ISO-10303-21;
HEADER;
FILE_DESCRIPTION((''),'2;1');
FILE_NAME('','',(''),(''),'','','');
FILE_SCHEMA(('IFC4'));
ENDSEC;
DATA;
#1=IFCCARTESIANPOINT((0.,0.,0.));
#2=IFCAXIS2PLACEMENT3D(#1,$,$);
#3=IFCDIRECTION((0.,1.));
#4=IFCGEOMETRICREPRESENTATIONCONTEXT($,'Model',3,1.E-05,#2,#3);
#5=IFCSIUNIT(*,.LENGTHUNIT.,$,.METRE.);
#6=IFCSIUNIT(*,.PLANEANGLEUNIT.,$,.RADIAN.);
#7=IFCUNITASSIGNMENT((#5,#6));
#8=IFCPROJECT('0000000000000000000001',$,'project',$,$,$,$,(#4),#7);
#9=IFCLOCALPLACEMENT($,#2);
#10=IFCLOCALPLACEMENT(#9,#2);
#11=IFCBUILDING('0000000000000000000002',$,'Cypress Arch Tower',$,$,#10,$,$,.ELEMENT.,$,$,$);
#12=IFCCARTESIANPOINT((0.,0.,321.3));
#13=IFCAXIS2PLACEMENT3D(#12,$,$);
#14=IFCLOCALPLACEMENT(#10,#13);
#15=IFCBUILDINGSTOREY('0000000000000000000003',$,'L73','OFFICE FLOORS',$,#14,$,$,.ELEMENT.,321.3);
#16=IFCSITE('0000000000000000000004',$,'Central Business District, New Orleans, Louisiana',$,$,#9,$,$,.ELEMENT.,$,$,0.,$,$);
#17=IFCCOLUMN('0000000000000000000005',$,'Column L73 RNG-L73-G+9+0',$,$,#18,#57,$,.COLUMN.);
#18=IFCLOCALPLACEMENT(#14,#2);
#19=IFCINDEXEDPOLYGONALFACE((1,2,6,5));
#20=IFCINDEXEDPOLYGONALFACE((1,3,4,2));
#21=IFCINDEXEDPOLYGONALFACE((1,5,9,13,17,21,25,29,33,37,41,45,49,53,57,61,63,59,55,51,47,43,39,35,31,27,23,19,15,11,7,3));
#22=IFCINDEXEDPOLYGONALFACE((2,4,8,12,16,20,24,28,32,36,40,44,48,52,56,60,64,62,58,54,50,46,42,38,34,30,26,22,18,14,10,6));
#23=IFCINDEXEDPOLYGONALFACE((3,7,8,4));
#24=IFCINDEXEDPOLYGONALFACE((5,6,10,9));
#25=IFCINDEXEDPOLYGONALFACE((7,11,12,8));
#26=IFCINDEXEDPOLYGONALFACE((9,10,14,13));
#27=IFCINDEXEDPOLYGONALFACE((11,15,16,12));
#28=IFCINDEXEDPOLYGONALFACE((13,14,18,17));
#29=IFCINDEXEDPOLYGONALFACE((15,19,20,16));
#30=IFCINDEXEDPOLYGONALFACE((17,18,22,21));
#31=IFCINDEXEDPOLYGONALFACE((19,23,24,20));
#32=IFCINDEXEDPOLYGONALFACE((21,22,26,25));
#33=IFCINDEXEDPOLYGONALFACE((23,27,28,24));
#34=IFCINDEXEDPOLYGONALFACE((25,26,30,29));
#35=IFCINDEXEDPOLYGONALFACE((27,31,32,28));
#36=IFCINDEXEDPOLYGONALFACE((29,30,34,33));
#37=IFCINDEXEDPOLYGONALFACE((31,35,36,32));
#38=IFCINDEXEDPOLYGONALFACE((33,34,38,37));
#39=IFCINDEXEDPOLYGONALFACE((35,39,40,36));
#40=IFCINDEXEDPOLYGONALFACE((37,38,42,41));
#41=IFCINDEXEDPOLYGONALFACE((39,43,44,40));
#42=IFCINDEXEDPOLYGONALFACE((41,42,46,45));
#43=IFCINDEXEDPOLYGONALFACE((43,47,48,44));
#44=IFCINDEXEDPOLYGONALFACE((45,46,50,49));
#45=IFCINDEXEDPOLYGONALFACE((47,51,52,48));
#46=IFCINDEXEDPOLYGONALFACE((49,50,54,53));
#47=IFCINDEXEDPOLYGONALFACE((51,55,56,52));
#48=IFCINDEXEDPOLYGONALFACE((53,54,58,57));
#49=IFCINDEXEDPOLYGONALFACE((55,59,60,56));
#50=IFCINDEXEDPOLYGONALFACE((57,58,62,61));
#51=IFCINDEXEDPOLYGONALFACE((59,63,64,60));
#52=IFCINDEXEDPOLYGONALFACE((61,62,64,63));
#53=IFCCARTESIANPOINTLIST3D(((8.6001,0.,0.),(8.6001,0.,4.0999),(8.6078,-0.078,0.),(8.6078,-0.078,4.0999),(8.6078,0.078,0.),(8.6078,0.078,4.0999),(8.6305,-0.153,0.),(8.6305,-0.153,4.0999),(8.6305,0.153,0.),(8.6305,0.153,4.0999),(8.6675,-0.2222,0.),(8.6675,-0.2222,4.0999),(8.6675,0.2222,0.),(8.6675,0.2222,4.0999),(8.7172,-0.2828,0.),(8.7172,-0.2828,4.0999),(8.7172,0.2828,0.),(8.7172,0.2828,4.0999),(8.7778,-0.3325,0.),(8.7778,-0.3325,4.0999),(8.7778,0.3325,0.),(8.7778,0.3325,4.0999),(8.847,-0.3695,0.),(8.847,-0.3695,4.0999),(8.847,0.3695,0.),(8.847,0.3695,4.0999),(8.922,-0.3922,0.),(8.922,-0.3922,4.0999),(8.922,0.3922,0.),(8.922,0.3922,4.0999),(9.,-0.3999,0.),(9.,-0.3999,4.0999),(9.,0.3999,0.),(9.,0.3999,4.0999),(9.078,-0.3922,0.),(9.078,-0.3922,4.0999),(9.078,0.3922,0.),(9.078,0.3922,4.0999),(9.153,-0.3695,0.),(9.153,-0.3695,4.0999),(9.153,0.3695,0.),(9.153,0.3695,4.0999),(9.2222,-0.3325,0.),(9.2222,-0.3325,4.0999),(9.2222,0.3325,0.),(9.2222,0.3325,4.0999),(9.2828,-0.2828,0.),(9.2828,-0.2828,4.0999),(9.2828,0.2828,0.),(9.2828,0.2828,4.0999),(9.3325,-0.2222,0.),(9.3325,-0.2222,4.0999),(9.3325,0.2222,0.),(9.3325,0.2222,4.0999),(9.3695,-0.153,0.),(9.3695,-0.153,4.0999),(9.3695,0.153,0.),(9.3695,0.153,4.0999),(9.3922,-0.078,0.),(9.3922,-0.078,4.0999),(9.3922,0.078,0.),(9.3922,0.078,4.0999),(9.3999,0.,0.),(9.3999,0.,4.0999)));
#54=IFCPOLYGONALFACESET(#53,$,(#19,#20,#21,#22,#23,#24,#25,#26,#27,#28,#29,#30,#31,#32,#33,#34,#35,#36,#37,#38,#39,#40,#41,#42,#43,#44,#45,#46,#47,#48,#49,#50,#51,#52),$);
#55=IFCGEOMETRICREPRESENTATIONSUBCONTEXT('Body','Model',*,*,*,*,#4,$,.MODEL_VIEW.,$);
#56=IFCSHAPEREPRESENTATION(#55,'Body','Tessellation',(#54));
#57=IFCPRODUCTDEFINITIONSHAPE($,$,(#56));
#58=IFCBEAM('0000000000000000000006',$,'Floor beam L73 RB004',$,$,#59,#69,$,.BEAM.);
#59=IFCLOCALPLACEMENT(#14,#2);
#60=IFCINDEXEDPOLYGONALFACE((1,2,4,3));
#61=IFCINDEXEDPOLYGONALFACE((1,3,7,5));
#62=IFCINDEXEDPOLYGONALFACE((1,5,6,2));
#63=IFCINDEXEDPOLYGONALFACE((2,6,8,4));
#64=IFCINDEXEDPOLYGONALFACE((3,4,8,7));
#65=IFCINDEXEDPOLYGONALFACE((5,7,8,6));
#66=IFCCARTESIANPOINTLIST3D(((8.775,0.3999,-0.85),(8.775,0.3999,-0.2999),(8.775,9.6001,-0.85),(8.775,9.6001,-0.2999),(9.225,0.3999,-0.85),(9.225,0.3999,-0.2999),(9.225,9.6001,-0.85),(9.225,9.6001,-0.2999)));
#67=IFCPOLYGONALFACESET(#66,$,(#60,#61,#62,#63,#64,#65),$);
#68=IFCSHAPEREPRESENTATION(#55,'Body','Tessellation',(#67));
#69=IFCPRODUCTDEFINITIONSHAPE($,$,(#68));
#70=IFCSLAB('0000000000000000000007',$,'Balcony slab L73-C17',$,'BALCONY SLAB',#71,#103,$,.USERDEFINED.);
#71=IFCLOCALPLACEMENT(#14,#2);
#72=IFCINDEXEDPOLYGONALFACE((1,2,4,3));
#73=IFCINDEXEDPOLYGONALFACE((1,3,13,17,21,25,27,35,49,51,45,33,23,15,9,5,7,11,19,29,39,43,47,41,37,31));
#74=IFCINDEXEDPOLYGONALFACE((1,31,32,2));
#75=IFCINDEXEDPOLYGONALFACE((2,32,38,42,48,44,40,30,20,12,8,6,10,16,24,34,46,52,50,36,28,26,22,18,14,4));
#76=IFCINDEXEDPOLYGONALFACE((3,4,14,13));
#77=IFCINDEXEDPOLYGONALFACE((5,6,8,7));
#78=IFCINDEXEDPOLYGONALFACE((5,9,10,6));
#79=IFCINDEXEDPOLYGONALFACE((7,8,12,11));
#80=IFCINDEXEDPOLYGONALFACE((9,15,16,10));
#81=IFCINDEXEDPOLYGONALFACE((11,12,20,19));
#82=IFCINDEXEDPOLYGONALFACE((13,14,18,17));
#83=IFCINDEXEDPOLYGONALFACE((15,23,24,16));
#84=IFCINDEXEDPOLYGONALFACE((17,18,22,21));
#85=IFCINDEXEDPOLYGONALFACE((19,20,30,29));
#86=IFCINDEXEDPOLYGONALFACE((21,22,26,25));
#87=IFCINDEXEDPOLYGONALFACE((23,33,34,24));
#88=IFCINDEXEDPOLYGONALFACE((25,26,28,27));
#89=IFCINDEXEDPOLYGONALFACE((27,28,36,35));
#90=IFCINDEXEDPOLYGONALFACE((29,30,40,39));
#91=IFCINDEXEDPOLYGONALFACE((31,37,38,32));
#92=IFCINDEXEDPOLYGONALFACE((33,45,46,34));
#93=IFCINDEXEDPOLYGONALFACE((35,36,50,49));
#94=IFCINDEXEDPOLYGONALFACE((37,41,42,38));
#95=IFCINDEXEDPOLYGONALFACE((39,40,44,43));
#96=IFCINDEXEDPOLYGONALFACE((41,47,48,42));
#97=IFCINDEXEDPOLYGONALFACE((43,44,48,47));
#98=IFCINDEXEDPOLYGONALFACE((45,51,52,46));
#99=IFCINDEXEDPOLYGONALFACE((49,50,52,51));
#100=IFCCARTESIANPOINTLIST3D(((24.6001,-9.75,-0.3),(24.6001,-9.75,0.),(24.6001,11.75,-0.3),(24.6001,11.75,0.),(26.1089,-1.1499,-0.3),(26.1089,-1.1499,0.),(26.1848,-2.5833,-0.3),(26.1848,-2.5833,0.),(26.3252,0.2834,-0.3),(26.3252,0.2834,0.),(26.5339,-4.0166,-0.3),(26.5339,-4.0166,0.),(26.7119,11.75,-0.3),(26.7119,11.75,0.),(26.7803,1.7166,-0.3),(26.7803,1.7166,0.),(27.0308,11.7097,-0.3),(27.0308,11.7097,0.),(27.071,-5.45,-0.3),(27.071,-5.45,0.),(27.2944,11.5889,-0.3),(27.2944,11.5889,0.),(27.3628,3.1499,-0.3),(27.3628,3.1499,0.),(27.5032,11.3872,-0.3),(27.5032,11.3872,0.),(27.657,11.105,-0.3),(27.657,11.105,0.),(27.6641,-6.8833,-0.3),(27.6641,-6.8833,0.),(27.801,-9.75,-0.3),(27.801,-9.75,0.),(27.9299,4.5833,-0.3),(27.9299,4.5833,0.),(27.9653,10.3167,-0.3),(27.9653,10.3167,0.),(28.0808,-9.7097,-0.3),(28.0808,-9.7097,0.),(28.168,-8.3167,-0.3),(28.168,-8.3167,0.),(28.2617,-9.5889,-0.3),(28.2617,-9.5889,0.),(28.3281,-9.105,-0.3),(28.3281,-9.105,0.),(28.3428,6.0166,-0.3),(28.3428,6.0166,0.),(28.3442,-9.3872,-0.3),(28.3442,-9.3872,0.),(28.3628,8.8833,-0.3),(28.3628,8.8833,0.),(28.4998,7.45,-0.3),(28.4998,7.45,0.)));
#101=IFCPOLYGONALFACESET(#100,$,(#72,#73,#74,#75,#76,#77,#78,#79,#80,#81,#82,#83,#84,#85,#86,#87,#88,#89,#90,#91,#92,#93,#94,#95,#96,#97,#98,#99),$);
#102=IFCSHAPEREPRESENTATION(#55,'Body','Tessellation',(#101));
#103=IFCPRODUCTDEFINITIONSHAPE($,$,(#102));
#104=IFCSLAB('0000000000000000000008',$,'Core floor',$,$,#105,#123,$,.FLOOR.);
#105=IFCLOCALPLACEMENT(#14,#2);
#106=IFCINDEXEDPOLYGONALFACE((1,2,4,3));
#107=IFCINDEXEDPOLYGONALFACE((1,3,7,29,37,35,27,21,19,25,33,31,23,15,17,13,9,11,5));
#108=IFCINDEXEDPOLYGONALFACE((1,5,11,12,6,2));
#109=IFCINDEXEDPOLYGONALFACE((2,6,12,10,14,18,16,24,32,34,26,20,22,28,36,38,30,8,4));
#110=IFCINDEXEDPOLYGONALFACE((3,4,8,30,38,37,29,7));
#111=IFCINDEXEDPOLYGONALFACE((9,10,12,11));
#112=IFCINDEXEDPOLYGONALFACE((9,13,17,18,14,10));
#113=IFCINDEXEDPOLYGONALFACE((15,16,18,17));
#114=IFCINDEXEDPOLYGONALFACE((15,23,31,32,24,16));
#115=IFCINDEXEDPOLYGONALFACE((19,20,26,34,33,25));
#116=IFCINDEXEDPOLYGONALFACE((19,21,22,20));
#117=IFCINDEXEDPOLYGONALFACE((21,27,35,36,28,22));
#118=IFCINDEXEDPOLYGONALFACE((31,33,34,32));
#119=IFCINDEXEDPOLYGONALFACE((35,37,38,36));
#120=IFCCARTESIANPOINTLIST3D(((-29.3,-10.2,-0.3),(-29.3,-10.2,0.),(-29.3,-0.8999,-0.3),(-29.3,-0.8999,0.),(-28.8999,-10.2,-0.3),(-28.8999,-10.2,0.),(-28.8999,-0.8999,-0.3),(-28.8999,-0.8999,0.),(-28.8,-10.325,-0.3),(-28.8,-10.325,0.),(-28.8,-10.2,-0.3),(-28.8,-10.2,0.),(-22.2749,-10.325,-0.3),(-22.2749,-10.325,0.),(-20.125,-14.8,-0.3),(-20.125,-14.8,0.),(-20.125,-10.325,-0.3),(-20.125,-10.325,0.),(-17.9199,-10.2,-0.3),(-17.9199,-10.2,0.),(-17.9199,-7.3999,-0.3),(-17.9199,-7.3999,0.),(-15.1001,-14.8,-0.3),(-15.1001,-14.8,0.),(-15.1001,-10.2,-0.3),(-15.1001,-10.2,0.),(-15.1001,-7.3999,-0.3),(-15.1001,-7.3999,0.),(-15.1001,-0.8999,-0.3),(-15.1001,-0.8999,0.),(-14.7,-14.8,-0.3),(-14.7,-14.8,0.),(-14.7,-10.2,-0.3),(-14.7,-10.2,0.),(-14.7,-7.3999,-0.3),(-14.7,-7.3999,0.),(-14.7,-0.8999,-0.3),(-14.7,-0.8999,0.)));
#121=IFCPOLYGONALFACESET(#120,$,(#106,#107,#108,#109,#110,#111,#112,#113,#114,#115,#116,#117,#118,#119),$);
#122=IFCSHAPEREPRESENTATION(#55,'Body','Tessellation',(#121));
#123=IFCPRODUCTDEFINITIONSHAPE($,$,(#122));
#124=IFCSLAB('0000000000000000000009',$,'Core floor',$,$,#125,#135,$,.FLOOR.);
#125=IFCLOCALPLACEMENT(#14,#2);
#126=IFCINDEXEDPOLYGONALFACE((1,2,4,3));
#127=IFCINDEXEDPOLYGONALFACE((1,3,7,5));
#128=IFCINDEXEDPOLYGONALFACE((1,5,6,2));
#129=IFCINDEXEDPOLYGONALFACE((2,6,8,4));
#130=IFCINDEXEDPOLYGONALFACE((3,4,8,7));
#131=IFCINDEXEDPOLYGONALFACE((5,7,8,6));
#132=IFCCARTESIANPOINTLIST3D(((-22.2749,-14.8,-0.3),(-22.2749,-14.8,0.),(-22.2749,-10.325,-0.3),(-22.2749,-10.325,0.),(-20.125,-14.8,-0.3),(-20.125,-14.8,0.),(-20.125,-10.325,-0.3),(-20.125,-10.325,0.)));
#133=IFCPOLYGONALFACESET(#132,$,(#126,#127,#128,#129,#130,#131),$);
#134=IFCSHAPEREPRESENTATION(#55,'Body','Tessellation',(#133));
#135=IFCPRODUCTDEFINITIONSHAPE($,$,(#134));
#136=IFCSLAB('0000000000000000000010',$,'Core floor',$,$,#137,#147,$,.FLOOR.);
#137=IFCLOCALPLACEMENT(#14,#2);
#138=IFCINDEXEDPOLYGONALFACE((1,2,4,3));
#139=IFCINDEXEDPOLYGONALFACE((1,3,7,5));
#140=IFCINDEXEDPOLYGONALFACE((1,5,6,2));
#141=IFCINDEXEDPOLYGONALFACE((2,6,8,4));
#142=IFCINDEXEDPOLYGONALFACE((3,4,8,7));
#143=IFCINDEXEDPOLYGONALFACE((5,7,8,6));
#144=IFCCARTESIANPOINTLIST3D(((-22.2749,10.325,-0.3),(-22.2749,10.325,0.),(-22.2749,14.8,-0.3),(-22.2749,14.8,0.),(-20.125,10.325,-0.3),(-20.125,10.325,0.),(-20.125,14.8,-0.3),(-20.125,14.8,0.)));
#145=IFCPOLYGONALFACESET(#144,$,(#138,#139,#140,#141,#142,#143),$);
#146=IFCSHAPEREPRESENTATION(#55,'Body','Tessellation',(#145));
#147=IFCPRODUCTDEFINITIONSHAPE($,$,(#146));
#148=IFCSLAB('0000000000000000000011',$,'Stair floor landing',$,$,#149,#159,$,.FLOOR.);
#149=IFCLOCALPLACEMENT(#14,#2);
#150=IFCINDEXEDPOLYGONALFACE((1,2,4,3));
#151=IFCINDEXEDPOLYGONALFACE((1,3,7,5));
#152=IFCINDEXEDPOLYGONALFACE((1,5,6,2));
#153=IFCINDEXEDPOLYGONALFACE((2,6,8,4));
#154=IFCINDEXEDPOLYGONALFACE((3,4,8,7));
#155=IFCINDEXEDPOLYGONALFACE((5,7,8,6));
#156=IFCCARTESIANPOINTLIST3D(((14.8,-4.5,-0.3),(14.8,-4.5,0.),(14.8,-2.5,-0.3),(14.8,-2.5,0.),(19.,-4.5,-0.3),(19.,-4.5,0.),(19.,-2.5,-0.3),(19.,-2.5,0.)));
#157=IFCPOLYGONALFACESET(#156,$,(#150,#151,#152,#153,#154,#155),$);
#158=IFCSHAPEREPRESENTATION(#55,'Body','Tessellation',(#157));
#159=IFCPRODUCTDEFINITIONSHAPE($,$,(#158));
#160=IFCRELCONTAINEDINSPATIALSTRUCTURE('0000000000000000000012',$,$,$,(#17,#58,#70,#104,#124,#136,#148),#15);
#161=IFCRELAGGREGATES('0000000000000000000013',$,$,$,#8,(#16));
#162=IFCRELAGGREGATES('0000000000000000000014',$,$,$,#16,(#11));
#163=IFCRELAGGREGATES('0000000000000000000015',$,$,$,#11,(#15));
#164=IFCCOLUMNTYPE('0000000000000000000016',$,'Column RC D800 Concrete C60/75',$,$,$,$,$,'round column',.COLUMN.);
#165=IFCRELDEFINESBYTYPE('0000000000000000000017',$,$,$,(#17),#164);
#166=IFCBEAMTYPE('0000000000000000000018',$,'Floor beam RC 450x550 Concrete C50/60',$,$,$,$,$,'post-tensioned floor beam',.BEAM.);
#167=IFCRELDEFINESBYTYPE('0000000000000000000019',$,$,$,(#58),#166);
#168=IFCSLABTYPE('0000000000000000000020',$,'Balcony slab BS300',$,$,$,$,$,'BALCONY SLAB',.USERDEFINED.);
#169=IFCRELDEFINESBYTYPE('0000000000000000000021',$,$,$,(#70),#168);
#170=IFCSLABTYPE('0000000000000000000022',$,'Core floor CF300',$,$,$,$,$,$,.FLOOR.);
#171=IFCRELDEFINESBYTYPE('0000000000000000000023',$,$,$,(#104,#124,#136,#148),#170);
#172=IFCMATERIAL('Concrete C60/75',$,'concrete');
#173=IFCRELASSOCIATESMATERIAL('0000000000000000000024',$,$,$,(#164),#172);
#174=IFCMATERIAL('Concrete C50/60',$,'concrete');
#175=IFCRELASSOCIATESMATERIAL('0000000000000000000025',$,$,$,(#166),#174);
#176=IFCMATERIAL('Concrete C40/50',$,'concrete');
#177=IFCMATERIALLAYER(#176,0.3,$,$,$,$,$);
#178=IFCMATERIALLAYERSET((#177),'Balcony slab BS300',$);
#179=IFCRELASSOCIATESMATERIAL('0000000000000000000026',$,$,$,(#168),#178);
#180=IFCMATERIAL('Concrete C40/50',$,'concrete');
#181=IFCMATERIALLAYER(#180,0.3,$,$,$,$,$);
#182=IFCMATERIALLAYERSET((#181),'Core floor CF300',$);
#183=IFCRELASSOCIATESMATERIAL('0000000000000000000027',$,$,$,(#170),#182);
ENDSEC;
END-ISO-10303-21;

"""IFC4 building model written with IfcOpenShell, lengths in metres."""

from ifc_helpers import new_model, si_unit, direction, frame, origin, origin_2d, place, context, subcontext, project, spatial, polyline, rectangle, circle, outline, extrude, material, layer, layer_set, material_profile, profile_set, type_object, element, save


model = new_model("IFC4")

# Units and contexts
model_context = context("Model", 3, precision=1e-05, world=origin(), true_north=direction((0.0, 1.0)))
body_context = subcontext(model_context, "Body", "Model", "MODEL_VIEW")
ifc_project = project(units=[si_unit("LENGTHUNIT", "METRE"), si_unit("PLANEANGLEUNIT", "RADIAN")], contexts=[model_context])

# Site, building, storey
site_placement = place(None, origin())
site = spatial("IfcSite", under=ifc_project, at=site_placement, Name="Central Business District, New Orleans, Louisiana", CompositionType="ELEMENT", RefElevation=0.0)
building_placement = place(site_placement, origin())
building = spatial("IfcBuilding", under=site, at=building_placement, Name="Cypress Arch Tower", CompositionType="ELEMENT")
storey_placement = place(building_placement, frame((0.0, 0.0, 321.3)))
storey = spatial("IfcBuildingStorey", under=building, at=storey_placement, Name="L73", Description="OFFICE FLOORS", CompositionType="ELEMENT", Elevation=321.3)

# Column
ifc_material_1 = material(Name="Concrete C60/75", Category="concrete")
ifc_material_profile_1 = material_profile(ifc_material_1, circle(Radius=0.3999, at=origin_2d()), Name="RC D800")
ifc_profile_set_1 = profile_set([ifc_material_profile_1], Name="Concrete C60/75")
column_type = type_object("IfcColumnType", Name="Column RC D800 Concrete C60/75", ElementType="round column", PredefinedType="COLUMN", material=ifc_profile_set_1)
column_placement = place(storey_placement, frame((9.0, 0.0, 0.0), z_axis=(0.0, 0.0, 1.0), x_axis=(1.0, 0.0, 0.0)))
element("IfcColumn", 1, at=column_placement, inside=storey, type_object=column_type, Name="Column L73 RNG-L73-G+9+0", PredefinedType="COLUMN", context=body_context, shape_type="SweptSolid", body=[
    extrude(circle(Radius=0.3999, at=origin_2d()), origin(), (0.0, 0.0, 1.0), 4.0999),
])

# Beam
ifc_material_2 = material(Name="Concrete C50/60", Category="concrete")
ifc_material_profile_2 = material_profile(ifc_material_2, rectangle(XDim=0.45, YDim=0.55, at=origin_2d()), Name="RC 450x550")
ifc_profile_set_2 = profile_set([ifc_material_profile_2], Name="Concrete C50/60")
beam_type = type_object("IfcBeamType", Name="Floor beam RC 450x550 Concrete C50/60", ElementType="post-tensioned floor beam", PredefinedType="BEAM", material=ifc_profile_set_2)
beam_placement = place(storey_placement, frame((9.0, 0.3999, -0.575), z_axis=(0.0, 1.0, 0.0), x_axis=(-1.0, 0.0, 0.0)))
element("IfcBeam", 2, at=beam_placement, inside=storey, type_object=beam_type, Name="Floor beam L73 RB004", PredefinedType="BEAM", context=body_context, shape_type="SweptSolid", body=[
    extrude(rectangle(XDim=0.45, YDim=0.55, at=origin_2d()), origin(), (0.0, 0.0, 1.0), 9.2002),
])

# Slabs
ifc_material_3 = material(Name="Concrete C40/50", Category="concrete")
ifc_layer_1 = layer(ifc_material_3, 0.3)
ifc_layer_set_1 = layer_set([ifc_layer_1], Name="Balcony slab BS300")
slab_type_1 = type_object("IfcSlabType", Name="Balcony slab BS300", ElementType="BALCONY SLAB", PredefinedType="USERDEFINED", material=ifc_layer_set_1)
slab_1_placement = place(storey_placement, frame((0.0, 0.0, -0.3)))
element("IfcSlab", 3, at=slab_1_placement, inside=storey, type_object=slab_type_1, Name="Balcony slab L73-C17", ObjectType="BALCONY SLAB", PredefinedType="USERDEFINED", context=body_context, shape_type="SweptSolid", body=[
    extrude(outline(polyline([(24.6001, -9.75), (27.801, -9.75), (28.0808, -9.7097), (28.2617, -9.5889), (28.3442, -9.3872), (28.3281, -9.105), (28.168, -8.3167), (27.6641, -6.8833), (27.071, -5.45), (26.5339, -4.0166), (26.1848, -2.5833), (26.1089, -1.1499), (26.3252, 0.2834), (26.7803, 1.7166), (27.3628, 3.1499), (27.9299, 4.5833), (28.3428, 6.0166), (28.4998, 7.45), (28.3628, 8.8833), (27.9653, 10.3167), (27.657, 11.105), (27.5032, 11.3872), (27.2944, 11.5889), (27.0308, 11.7097), (26.7119, 11.75), (24.6001, 11.75), (24.6001, -9.75)])), origin(), (0.0, 0.0, 1.0), 0.3),
])
ifc_material_4 = material(Name="Concrete C40/50", Category="concrete")
ifc_layer_2 = layer(ifc_material_4, 0.3)
ifc_layer_set_2 = layer_set([ifc_layer_2], Name="Core floor CF300")
slab_type_2 = type_object("IfcSlabType", Name="Core floor CF300", PredefinedType="FLOOR", material=ifc_layer_set_2)
slab_2_placement = place(storey_placement, frame((0.0, 0.0, -0.3)))
element("IfcSlab", 4, at=slab_2_placement, inside=storey, type_object=slab_type_2, Name="Core floor", PredefinedType="FLOOR", context=body_context, shape_type="SweptSolid", body=[
    extrude(outline(polyline([(-28.8999, -10.2), (-29.3, -10.2), (-29.3, -0.8999), (-28.8999, -0.8999), (-15.1001, -0.8999), (-14.7, -0.8999), (-14.7, -7.3999), (-15.1001, -7.3999), (-17.9199, -7.3999), (-17.9199, -10.2), (-15.1001, -10.2), (-14.7, -10.2), (-14.7, -14.8), (-15.1001, -14.8), (-20.125, -14.8), (-20.125, -10.325), (-22.2749, -10.325), (-28.8, -10.325), (-28.8, -10.2), (-28.8999, -10.2)])), origin(), (0.0, 0.0, 1.0), 0.3),
])
slab_3_placement = place(storey_placement, frame((0.0, 0.0, -0.3)))
element("IfcSlab", 5, at=slab_3_placement, inside=storey, type_object=slab_type_2, Name="Core floor", PredefinedType="FLOOR", context=body_context, shape_type="SweptSolid", body=[
    extrude(outline(polyline([(-22.2749, -10.325), (-22.2749, -14.8), (-20.125, -14.8), (-20.125, -10.325), (-22.2749, -10.325)])), origin(), (0.0, 0.0, 1.0), 0.3),
])
slab_4_placement = place(storey_placement, frame((0.0, 0.0, -0.3)))
element("IfcSlab", 6, at=slab_4_placement, inside=storey, type_object=slab_type_2, Name="Core floor", PredefinedType="FLOOR", context=body_context, shape_type="SweptSolid", body=[
    extrude(outline(polyline([(-20.125, 14.8), (-22.2749, 14.8), (-22.2749, 10.325), (-20.125, 10.325), (-20.125, 14.8)])), origin(), (0.0, 0.0, 1.0), 0.3),
])
slab_5_placement = place(storey_placement, frame((0.0, 0.0, -0.3)))
element("IfcSlab", 7, at=slab_5_placement, inside=storey, type_object=slab_type_2, Name="Stair floor landing", PredefinedType="FLOOR", context=body_context, shape_type="SweptSolid", body=[
    extrude(outline(polyline([(19.0, -4.5), (19.0, -2.5), (14.8, -2.5), (14.8, -4.5), (19.0, -4.5)])), origin(), (0.0, 0.0, 1.0), 0.3),
])

save(model, "model.ifc")
